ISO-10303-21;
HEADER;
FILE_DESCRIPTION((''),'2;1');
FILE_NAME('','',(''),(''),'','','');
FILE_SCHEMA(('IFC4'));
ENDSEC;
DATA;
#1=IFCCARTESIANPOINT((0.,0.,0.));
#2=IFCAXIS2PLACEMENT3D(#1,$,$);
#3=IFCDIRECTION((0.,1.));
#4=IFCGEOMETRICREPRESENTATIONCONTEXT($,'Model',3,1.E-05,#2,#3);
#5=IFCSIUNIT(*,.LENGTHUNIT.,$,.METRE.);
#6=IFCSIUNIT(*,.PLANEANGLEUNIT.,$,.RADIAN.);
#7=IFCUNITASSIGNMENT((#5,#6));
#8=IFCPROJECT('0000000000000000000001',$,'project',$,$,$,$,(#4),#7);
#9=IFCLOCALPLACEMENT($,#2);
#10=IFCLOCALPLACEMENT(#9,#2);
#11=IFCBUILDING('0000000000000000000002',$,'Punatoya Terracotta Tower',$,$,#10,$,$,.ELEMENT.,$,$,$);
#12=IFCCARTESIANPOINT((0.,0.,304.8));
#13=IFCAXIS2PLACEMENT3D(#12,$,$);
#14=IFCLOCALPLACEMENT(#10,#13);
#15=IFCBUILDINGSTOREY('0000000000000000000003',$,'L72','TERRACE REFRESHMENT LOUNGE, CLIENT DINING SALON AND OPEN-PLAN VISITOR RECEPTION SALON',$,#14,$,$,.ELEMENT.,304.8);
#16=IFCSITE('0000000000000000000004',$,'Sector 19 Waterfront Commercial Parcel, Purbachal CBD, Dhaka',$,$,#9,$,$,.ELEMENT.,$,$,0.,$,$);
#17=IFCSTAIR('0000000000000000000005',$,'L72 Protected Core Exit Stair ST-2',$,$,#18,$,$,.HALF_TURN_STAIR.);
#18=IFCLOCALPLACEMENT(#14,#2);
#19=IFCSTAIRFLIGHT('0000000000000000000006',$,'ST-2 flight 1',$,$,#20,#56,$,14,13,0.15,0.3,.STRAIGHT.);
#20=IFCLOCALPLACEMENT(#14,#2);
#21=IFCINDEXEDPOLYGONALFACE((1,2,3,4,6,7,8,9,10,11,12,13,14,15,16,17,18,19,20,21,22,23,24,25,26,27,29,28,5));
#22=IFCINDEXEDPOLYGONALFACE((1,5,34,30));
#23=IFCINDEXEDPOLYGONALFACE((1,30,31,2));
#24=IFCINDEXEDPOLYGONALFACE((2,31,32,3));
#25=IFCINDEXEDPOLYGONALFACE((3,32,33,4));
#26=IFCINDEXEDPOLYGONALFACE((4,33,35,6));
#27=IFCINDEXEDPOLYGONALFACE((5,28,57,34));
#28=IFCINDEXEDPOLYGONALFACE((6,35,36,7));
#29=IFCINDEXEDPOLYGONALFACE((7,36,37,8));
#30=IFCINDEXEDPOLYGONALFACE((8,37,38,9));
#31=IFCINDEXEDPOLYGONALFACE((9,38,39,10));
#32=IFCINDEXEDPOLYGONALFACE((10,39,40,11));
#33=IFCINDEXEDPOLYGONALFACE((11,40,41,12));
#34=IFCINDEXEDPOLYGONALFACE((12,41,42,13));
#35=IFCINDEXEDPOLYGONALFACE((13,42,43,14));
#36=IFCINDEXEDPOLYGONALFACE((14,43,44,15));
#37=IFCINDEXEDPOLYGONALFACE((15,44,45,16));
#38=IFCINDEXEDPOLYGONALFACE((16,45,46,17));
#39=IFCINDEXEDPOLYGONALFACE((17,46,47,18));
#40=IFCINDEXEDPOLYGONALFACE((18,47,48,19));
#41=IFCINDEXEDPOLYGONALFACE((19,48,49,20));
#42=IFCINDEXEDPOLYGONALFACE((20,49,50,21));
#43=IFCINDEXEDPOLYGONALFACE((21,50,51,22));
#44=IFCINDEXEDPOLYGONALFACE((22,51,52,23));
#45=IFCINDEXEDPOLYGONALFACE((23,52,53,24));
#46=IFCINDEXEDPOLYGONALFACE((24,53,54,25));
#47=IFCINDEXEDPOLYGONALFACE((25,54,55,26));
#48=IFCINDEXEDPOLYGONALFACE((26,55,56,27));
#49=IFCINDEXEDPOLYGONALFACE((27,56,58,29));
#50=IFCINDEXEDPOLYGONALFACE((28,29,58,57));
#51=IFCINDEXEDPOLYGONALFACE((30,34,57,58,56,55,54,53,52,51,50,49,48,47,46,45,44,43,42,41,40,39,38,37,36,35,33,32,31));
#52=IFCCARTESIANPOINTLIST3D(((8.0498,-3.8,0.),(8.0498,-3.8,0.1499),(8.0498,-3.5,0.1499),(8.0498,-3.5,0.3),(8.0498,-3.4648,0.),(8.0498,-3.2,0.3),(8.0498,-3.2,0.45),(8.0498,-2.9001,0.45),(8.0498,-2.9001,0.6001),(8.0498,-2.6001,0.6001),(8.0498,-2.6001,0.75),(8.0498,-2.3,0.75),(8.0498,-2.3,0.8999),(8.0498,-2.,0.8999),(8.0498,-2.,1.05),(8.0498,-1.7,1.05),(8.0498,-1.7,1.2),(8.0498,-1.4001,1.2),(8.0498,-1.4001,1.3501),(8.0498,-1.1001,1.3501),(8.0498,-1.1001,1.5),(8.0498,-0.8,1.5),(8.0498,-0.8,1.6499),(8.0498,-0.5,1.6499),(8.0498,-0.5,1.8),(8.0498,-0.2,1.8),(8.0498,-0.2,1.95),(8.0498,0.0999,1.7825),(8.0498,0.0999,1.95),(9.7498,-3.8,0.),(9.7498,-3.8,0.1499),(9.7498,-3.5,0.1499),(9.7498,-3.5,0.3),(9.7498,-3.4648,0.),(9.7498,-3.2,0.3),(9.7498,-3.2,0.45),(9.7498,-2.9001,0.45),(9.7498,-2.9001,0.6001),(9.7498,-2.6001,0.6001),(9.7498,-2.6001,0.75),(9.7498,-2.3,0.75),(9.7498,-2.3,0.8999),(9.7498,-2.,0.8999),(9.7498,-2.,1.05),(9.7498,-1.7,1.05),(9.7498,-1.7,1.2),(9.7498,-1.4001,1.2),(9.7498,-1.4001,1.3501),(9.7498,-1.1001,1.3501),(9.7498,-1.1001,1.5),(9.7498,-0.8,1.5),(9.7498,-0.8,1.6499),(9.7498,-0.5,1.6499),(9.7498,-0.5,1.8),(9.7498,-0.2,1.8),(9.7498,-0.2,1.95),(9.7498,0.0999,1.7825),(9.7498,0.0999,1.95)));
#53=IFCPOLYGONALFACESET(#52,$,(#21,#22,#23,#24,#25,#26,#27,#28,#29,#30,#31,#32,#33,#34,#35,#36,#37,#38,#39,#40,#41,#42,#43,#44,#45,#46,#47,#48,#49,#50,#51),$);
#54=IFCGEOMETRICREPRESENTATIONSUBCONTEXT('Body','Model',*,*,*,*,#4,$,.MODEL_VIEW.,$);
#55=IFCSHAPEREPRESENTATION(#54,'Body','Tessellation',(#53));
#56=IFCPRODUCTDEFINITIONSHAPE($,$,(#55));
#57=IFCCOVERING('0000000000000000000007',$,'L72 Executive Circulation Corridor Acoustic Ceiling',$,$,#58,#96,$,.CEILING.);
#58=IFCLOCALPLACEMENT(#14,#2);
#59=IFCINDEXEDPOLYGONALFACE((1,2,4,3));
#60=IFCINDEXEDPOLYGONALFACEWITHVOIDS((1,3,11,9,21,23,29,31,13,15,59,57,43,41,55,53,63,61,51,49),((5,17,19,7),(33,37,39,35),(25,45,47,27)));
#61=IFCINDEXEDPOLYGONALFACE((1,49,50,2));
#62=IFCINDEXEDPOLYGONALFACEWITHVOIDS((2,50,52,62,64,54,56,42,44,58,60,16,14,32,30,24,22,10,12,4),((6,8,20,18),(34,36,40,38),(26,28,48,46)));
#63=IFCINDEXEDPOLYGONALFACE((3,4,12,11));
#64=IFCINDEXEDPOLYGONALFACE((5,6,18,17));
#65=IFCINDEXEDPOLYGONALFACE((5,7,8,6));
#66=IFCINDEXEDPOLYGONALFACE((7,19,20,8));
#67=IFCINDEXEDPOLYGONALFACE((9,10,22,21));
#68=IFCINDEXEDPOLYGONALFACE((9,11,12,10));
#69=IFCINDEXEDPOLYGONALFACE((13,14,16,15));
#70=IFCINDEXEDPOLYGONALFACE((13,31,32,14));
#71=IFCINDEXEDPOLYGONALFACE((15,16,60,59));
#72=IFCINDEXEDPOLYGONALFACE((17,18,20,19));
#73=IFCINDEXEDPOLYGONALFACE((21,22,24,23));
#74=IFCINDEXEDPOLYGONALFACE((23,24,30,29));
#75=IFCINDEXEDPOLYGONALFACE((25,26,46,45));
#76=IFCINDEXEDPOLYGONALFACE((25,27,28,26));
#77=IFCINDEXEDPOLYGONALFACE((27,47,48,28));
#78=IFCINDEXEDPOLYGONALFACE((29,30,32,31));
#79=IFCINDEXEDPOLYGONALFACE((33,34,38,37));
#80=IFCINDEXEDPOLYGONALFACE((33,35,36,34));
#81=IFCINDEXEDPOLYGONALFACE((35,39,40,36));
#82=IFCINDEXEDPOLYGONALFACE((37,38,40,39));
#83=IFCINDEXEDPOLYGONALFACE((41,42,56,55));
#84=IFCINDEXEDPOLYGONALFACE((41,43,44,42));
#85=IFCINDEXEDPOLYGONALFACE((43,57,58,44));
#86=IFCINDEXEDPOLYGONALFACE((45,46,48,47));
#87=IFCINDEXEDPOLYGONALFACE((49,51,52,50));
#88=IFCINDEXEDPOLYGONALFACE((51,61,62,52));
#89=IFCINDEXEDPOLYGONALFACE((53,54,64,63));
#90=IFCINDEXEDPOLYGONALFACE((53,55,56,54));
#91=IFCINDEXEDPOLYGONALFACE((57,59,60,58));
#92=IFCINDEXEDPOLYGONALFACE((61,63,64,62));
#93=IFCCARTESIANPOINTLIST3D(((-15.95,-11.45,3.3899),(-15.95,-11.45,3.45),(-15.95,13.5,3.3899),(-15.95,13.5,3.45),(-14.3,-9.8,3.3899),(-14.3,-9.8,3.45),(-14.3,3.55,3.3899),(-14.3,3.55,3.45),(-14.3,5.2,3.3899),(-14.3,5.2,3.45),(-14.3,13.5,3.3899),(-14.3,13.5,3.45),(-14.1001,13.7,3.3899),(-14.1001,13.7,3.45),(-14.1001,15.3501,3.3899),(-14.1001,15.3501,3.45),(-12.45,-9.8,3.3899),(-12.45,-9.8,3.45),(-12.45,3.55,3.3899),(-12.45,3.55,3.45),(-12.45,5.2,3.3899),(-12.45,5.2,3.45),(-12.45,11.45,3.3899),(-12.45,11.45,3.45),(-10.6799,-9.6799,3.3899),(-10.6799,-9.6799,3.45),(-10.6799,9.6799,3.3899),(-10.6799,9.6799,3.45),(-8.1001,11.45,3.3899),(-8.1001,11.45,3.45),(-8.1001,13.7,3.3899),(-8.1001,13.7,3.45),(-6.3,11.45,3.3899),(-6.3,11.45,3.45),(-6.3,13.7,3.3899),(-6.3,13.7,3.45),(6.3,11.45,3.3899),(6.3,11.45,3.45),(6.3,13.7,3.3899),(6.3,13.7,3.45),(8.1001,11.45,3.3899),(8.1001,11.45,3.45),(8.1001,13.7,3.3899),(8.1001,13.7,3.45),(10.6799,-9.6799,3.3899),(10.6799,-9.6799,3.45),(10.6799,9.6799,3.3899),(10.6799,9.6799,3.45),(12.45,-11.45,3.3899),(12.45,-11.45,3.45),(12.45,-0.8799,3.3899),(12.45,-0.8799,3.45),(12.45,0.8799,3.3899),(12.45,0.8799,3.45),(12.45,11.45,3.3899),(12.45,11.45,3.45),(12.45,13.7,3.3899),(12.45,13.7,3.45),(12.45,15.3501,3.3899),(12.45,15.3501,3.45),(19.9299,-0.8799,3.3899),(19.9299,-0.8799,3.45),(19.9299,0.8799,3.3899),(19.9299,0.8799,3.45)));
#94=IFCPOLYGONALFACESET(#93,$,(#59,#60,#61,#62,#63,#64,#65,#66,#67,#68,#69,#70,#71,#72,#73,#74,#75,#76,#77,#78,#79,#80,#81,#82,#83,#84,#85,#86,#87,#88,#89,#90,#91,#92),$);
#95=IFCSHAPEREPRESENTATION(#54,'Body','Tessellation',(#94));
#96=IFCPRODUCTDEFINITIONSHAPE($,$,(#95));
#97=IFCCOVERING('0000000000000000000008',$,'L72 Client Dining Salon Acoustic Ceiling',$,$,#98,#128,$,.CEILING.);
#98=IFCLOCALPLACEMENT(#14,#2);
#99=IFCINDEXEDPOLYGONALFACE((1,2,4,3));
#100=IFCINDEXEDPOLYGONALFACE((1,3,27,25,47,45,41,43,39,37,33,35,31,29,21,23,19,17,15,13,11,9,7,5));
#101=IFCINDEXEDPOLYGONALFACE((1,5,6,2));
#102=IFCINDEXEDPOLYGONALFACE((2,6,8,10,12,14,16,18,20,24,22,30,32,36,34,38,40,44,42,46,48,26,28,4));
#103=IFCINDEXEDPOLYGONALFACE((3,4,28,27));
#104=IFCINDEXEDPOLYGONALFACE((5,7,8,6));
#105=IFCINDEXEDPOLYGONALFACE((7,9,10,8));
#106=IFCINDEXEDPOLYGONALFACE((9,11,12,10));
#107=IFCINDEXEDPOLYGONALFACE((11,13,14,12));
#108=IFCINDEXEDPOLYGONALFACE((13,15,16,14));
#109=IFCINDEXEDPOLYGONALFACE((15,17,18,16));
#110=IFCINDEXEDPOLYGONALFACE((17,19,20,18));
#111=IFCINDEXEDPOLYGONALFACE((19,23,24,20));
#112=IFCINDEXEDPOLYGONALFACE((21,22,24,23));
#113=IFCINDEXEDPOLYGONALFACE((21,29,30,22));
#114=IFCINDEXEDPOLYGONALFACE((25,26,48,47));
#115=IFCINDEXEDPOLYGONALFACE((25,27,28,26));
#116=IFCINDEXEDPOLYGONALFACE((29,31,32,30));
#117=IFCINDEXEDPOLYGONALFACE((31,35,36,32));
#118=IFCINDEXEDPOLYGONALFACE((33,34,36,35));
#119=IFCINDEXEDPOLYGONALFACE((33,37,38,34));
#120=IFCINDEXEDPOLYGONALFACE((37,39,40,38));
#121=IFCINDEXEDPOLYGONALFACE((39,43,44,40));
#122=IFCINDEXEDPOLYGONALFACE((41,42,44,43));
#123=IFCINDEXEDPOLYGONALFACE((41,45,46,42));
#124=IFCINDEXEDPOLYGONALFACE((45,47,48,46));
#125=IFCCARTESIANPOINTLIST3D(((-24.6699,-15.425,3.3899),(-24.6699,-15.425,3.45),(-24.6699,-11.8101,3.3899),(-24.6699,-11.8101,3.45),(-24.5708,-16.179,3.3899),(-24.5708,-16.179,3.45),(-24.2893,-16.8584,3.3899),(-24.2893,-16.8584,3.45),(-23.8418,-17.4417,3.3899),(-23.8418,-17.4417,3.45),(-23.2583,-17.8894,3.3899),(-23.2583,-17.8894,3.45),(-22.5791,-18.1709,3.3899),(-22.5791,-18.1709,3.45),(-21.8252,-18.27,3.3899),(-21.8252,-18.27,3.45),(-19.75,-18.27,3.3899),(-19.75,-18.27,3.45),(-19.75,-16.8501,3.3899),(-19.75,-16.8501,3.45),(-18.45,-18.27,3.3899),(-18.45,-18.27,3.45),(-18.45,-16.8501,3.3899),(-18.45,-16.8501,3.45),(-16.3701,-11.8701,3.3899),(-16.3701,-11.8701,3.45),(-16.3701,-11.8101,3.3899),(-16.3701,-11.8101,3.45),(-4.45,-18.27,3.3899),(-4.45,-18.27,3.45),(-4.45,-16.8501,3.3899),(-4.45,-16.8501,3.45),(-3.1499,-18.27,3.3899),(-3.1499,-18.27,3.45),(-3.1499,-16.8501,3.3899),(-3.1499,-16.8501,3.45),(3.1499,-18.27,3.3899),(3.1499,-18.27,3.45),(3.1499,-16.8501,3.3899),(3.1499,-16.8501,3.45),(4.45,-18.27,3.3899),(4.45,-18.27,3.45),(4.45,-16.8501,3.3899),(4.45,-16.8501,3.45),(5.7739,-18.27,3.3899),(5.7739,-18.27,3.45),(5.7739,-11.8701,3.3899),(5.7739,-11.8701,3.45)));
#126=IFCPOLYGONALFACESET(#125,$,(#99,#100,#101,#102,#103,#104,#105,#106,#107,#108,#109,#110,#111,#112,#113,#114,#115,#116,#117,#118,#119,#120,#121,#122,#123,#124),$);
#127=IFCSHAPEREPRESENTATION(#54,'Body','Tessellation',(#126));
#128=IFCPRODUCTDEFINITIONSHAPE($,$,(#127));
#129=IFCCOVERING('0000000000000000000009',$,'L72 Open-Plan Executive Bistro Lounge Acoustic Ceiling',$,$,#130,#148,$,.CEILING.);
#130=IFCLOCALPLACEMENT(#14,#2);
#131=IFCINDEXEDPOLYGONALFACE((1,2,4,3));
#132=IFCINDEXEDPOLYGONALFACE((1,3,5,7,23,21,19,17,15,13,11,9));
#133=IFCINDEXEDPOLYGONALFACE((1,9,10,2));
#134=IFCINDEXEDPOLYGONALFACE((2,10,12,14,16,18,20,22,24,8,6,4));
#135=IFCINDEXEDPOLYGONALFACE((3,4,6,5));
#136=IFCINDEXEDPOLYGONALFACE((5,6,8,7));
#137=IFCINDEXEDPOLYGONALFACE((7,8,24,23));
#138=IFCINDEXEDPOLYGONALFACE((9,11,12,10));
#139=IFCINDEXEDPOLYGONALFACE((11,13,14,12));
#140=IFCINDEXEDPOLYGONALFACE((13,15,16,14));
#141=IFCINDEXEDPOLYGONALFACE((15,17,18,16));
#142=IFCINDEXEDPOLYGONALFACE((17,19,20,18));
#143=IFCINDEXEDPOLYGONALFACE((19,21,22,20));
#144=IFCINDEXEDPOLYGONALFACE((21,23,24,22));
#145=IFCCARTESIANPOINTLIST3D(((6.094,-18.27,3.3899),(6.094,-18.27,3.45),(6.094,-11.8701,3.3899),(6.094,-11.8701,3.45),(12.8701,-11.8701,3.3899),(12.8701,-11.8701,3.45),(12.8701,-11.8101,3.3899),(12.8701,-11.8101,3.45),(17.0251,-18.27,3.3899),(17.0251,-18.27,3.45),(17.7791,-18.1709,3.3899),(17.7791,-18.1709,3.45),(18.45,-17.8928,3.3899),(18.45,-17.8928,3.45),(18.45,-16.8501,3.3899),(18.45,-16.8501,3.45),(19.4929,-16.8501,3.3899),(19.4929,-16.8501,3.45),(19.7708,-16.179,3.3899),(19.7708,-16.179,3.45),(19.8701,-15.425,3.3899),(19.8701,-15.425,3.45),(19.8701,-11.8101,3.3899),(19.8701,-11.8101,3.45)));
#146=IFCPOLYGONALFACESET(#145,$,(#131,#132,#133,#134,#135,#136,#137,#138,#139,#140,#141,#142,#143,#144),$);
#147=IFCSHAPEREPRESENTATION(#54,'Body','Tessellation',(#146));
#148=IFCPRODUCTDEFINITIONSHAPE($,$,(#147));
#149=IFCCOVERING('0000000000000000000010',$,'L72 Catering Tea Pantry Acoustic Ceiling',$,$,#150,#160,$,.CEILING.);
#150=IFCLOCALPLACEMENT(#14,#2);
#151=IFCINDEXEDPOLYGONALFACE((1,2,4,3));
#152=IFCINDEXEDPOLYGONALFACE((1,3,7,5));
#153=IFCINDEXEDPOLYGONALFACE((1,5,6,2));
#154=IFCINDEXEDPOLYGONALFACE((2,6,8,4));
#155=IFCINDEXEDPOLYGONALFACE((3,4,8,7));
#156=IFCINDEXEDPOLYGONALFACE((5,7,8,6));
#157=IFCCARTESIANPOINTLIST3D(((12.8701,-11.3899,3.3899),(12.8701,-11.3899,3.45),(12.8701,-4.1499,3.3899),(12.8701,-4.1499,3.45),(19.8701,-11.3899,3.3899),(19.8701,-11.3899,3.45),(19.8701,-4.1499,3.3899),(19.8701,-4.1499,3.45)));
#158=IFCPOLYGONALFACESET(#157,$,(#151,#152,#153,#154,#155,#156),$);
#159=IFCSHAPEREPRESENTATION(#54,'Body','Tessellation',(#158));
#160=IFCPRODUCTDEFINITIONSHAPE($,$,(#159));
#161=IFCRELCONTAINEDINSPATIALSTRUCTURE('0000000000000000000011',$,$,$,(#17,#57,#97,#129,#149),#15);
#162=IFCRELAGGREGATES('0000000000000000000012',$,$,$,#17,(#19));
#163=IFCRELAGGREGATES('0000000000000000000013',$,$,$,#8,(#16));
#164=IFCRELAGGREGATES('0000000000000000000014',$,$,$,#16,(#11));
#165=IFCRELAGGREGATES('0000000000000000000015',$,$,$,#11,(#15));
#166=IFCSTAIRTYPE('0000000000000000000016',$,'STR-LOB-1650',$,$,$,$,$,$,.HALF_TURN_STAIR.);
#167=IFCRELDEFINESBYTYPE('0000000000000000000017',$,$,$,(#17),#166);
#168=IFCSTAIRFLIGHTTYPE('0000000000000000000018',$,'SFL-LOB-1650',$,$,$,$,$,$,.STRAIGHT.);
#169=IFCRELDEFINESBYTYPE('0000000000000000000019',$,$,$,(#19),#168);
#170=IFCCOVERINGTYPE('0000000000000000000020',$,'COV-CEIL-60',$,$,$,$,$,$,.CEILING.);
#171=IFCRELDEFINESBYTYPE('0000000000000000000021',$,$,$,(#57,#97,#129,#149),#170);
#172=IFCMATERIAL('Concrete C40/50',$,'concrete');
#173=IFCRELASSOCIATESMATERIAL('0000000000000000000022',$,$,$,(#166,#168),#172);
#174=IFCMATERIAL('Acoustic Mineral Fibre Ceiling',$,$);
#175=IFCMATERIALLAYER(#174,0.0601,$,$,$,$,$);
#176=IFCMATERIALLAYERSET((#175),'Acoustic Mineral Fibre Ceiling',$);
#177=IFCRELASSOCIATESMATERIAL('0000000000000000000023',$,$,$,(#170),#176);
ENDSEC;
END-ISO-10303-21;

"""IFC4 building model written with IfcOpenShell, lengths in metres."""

from ifc_helpers import new_model, si_unit, direction, frame, origin, place, context, subcontext, project, spatial, polyline, outline, extrude, material, layer, layer_set, type_object, element, aggregate, save


model = new_model("IFC4")

# Units and contexts
model_context = context("Model", 3, precision=1e-05, world=origin(), true_north=direction((0.0, 1.0)))
body_context = subcontext(model_context, "Body", "Model", "MODEL_VIEW")
ifc_project = project(units=[si_unit("LENGTHUNIT", "METRE"), si_unit("PLANEANGLEUNIT", "RADIAN")], contexts=[model_context])

# Site, building, storey
site_placement = place(None, origin())
site = spatial("IfcSite", under=ifc_project, at=site_placement, Name="Sector 19 Waterfront Commercial Parcel, Purbachal CBD, Dhaka", CompositionType="ELEMENT", RefElevation=0.0)
building_placement = place(site_placement, origin())
building = spatial("IfcBuilding", under=site, at=building_placement, Name="Punatoya Terracotta Tower", CompositionType="ELEMENT")
storey_placement = place(building_placement, frame((0.0, 0.0, 304.8)))
storey = spatial("IfcBuildingStorey", under=building, at=storey_placement, Name="L72", Description="TERRACE REFRESHMENT LOUNGE, CLIENT DINING SALON AND OPEN-PLAN VISITOR RECEPTION SALON", CompositionType="ELEMENT", Elevation=304.8)

# Stair
ifc_material_1 = material(Name="Concrete C40/50", Category="concrete")
stair_type_1 = type_object("IfcStairType", Name="STR-LOB-1650", PredefinedType="HALF_TURN_STAIR", material=ifc_material_1)
stair_1_placement = place(storey_placement, origin())
stair_1 = element("IfcStair", 1, at=stair_1_placement, inside=storey, type_object=stair_type_1, Name="L72 Protected Core Exit Stair ST-2", PredefinedType="HALF_TURN_STAIR")

# Stair flight
stair_flight_type = type_object("IfcStairFlightType", Name="SFL-LOB-1650", PredefinedType="STRAIGHT", material=ifc_material_1)
stair_flight_placement = place(storey_placement, frame((8.8999, -3.8, 0.0), z_axis=(0.0, 0.0, 1.0), x_axis=(0.0, 1.0, 0.0)))
stair_flight = element("IfcStairFlight", 2, at=stair_flight_placement, type_object=stair_flight_type, Name="ST-2 flight 1", NumberOfRisers=14, NumberOfTreads=13, PredefinedType="STRAIGHT", RiserHeight=0.15, TreadLength=0.3, context=body_context, shape_type="SweptSolid", body=[
    extrude(outline(polyline([(0.0, 0.0), (0.0, 0.1499), (0.3, 0.1499), (0.3, 0.3), (0.6001, 0.3), (0.6001, 0.45), (0.8999, 0.45), (0.8999, 0.6001), (1.2, 0.6001), (1.2, 0.75), (1.5, 0.75), (1.5, 0.8999), (1.8, 0.8999), (1.8, 1.05), (2.1001, 1.05), (2.1001, 1.2), (2.3999, 1.2), (2.3999, 1.3501), (2.7, 1.3501), (2.7, 1.5), (3.0, 1.5), (3.0, 1.6499), (3.3, 1.6499), (3.3, 1.8), (3.6001, 1.8), (3.6001, 1.95), (3.8999, 1.95), (3.8999, 2.1001), (3.8999, 1.7825), (0.3352, 0.0), (0.0, 0.0)])), frame((0.0, 0.8501, 0.0), z_axis=(0.0, -1.0, 0.0), x_axis=(1.0, 0.0, 0.0)), (0.0, 0.0, 1.0), 1.7),
])
aggregate(stair_1, [stair_flight])

# Coverings
ifc_material_2 = material(Name="Acoustic Mineral Fibre Ceiling")
ifc_layer_1 = layer(ifc_material_2, 0.0601)
ifc_layer_set_1 = layer_set([ifc_layer_1], Name="Acoustic Mineral Fibre Ceiling")
covering_type = type_object("IfcCoveringType", Name="COV-CEIL-60", PredefinedType="CEILING", material=ifc_layer_set_1)
covering_1_placement = place(storey_placement, frame((0.0, 0.0, 3.3899)))
element("IfcCovering", 3, at=covering_1_placement, inside=storey, type_object=covering_type, Name="L72 Executive Circulation Corridor Acoustic Ceiling", PredefinedType="CEILING", context=body_context, shape_type="SweptSolid", body=[
    extrude(outline(polyline([(-14.3, 5.2), (-14.3, 13.5), (-15.95, 13.5), (-15.95, -11.45), (12.45, -11.45), (12.45, -0.8799), (19.9299, -0.8799), (19.9299, 0.8799), (12.45, 0.8799), (12.45, 11.45), (8.1001, 11.45), (8.1001, 13.7), (12.45, 13.7), (12.45, 15.3501), (-14.1001, 15.3501), (-14.1001, 13.7), (-8.1001, 13.7), (-8.1001, 11.45), (-12.45, 11.45), (-12.45, 5.2), (-14.3, 5.2)]), holes=[polyline([(10.6799, 9.6799), (10.6799, -9.6799), (-10.6799, -9.6799), (-10.6799, 9.6799), (10.6799, 9.6799)]), polyline([(6.3, 13.7), (6.3, 11.45), (-6.3, 11.45), (-6.3, 13.7), (6.3, 13.7)]), polyline([(-14.3, 3.55), (-12.45, 3.55), (-12.45, -9.8), (-14.3, -9.8), (-14.3, 3.55)])]), origin(), (0.0, 0.0, 1.0), 0.0601),
])
covering_2_placement = place(storey_placement, frame((0.0, 0.0, 3.3899)))
element("IfcCovering", 4, at=covering_2_placement, inside=storey, type_object=covering_type, Name="L72 Client Dining Salon Acoustic Ceiling", PredefinedType="CEILING", context=body_context, shape_type="SweptSolid", body=[
    extrude(outline(polyline([(-19.75, -18.27), (-19.75, -16.8501), (-18.45, -16.8501), (-18.45, -18.27), (-4.45, -18.27), (-4.45, -16.8501), (-3.1499, -16.8501), (-3.1499, -18.27), (3.1499, -18.27), (3.1499, -16.8501), (4.45, -16.8501), (4.45, -18.27), (5.7739, -18.27), (5.7739, -11.8701), (-16.3701, -11.8701), (-16.3701, -11.8101), (-24.6699, -11.8101), (-24.6699, -15.425), (-24.5708, -16.179), (-24.2893, -16.8584), (-23.8418, -17.4417), (-23.2583, -17.8894), (-22.5791, -18.1709), (-21.8252, -18.27), (-19.75, -18.27)])), origin(), (0.0, 0.0, 1.0), 0.0601),
])
covering_3_placement = place(storey_placement, frame((0.0, 0.0, 3.3899)))
element("IfcCovering", 5, at=covering_3_placement, inside=storey, type_object=covering_type, Name="L72 Open-Plan Executive Bistro Lounge Acoustic Ceiling", PredefinedType="CEILING", context=body_context, shape_type="SweptSolid", body=[
    extrude(outline(polyline([(12.8701, -11.8701), (6.094, -11.8701), (6.094, -18.27), (17.0251, -18.27), (17.7791, -18.1709), (18.45, -17.8928), (18.45, -16.8501), (19.4929, -16.8501), (19.7708, -16.179), (19.8701, -15.425), (19.8701, -11.8101), (12.8701, -11.8101), (12.8701, -11.8701)])), origin(), (0.0, 0.0, 1.0), 0.0601),
])
covering_4_placement = place(storey_placement, frame((0.0, 0.0, 3.3899)))
element("IfcCovering", 6, at=covering_4_placement, inside=storey, type_object=covering_type, Name="L72 Catering Tea Pantry Acoustic Ceiling", PredefinedType="CEILING", context=body_context, shape_type="SweptSolid", body=[
    extrude(outline(polyline([(12.8701, -4.1499), (12.8701, -11.3899), (19.8701, -11.3899), (19.8701, -4.1499), (12.8701, -4.1499)])), origin(), (0.0, 0.0, 1.0), 0.0601),
])

save(model, "model.ifc")
